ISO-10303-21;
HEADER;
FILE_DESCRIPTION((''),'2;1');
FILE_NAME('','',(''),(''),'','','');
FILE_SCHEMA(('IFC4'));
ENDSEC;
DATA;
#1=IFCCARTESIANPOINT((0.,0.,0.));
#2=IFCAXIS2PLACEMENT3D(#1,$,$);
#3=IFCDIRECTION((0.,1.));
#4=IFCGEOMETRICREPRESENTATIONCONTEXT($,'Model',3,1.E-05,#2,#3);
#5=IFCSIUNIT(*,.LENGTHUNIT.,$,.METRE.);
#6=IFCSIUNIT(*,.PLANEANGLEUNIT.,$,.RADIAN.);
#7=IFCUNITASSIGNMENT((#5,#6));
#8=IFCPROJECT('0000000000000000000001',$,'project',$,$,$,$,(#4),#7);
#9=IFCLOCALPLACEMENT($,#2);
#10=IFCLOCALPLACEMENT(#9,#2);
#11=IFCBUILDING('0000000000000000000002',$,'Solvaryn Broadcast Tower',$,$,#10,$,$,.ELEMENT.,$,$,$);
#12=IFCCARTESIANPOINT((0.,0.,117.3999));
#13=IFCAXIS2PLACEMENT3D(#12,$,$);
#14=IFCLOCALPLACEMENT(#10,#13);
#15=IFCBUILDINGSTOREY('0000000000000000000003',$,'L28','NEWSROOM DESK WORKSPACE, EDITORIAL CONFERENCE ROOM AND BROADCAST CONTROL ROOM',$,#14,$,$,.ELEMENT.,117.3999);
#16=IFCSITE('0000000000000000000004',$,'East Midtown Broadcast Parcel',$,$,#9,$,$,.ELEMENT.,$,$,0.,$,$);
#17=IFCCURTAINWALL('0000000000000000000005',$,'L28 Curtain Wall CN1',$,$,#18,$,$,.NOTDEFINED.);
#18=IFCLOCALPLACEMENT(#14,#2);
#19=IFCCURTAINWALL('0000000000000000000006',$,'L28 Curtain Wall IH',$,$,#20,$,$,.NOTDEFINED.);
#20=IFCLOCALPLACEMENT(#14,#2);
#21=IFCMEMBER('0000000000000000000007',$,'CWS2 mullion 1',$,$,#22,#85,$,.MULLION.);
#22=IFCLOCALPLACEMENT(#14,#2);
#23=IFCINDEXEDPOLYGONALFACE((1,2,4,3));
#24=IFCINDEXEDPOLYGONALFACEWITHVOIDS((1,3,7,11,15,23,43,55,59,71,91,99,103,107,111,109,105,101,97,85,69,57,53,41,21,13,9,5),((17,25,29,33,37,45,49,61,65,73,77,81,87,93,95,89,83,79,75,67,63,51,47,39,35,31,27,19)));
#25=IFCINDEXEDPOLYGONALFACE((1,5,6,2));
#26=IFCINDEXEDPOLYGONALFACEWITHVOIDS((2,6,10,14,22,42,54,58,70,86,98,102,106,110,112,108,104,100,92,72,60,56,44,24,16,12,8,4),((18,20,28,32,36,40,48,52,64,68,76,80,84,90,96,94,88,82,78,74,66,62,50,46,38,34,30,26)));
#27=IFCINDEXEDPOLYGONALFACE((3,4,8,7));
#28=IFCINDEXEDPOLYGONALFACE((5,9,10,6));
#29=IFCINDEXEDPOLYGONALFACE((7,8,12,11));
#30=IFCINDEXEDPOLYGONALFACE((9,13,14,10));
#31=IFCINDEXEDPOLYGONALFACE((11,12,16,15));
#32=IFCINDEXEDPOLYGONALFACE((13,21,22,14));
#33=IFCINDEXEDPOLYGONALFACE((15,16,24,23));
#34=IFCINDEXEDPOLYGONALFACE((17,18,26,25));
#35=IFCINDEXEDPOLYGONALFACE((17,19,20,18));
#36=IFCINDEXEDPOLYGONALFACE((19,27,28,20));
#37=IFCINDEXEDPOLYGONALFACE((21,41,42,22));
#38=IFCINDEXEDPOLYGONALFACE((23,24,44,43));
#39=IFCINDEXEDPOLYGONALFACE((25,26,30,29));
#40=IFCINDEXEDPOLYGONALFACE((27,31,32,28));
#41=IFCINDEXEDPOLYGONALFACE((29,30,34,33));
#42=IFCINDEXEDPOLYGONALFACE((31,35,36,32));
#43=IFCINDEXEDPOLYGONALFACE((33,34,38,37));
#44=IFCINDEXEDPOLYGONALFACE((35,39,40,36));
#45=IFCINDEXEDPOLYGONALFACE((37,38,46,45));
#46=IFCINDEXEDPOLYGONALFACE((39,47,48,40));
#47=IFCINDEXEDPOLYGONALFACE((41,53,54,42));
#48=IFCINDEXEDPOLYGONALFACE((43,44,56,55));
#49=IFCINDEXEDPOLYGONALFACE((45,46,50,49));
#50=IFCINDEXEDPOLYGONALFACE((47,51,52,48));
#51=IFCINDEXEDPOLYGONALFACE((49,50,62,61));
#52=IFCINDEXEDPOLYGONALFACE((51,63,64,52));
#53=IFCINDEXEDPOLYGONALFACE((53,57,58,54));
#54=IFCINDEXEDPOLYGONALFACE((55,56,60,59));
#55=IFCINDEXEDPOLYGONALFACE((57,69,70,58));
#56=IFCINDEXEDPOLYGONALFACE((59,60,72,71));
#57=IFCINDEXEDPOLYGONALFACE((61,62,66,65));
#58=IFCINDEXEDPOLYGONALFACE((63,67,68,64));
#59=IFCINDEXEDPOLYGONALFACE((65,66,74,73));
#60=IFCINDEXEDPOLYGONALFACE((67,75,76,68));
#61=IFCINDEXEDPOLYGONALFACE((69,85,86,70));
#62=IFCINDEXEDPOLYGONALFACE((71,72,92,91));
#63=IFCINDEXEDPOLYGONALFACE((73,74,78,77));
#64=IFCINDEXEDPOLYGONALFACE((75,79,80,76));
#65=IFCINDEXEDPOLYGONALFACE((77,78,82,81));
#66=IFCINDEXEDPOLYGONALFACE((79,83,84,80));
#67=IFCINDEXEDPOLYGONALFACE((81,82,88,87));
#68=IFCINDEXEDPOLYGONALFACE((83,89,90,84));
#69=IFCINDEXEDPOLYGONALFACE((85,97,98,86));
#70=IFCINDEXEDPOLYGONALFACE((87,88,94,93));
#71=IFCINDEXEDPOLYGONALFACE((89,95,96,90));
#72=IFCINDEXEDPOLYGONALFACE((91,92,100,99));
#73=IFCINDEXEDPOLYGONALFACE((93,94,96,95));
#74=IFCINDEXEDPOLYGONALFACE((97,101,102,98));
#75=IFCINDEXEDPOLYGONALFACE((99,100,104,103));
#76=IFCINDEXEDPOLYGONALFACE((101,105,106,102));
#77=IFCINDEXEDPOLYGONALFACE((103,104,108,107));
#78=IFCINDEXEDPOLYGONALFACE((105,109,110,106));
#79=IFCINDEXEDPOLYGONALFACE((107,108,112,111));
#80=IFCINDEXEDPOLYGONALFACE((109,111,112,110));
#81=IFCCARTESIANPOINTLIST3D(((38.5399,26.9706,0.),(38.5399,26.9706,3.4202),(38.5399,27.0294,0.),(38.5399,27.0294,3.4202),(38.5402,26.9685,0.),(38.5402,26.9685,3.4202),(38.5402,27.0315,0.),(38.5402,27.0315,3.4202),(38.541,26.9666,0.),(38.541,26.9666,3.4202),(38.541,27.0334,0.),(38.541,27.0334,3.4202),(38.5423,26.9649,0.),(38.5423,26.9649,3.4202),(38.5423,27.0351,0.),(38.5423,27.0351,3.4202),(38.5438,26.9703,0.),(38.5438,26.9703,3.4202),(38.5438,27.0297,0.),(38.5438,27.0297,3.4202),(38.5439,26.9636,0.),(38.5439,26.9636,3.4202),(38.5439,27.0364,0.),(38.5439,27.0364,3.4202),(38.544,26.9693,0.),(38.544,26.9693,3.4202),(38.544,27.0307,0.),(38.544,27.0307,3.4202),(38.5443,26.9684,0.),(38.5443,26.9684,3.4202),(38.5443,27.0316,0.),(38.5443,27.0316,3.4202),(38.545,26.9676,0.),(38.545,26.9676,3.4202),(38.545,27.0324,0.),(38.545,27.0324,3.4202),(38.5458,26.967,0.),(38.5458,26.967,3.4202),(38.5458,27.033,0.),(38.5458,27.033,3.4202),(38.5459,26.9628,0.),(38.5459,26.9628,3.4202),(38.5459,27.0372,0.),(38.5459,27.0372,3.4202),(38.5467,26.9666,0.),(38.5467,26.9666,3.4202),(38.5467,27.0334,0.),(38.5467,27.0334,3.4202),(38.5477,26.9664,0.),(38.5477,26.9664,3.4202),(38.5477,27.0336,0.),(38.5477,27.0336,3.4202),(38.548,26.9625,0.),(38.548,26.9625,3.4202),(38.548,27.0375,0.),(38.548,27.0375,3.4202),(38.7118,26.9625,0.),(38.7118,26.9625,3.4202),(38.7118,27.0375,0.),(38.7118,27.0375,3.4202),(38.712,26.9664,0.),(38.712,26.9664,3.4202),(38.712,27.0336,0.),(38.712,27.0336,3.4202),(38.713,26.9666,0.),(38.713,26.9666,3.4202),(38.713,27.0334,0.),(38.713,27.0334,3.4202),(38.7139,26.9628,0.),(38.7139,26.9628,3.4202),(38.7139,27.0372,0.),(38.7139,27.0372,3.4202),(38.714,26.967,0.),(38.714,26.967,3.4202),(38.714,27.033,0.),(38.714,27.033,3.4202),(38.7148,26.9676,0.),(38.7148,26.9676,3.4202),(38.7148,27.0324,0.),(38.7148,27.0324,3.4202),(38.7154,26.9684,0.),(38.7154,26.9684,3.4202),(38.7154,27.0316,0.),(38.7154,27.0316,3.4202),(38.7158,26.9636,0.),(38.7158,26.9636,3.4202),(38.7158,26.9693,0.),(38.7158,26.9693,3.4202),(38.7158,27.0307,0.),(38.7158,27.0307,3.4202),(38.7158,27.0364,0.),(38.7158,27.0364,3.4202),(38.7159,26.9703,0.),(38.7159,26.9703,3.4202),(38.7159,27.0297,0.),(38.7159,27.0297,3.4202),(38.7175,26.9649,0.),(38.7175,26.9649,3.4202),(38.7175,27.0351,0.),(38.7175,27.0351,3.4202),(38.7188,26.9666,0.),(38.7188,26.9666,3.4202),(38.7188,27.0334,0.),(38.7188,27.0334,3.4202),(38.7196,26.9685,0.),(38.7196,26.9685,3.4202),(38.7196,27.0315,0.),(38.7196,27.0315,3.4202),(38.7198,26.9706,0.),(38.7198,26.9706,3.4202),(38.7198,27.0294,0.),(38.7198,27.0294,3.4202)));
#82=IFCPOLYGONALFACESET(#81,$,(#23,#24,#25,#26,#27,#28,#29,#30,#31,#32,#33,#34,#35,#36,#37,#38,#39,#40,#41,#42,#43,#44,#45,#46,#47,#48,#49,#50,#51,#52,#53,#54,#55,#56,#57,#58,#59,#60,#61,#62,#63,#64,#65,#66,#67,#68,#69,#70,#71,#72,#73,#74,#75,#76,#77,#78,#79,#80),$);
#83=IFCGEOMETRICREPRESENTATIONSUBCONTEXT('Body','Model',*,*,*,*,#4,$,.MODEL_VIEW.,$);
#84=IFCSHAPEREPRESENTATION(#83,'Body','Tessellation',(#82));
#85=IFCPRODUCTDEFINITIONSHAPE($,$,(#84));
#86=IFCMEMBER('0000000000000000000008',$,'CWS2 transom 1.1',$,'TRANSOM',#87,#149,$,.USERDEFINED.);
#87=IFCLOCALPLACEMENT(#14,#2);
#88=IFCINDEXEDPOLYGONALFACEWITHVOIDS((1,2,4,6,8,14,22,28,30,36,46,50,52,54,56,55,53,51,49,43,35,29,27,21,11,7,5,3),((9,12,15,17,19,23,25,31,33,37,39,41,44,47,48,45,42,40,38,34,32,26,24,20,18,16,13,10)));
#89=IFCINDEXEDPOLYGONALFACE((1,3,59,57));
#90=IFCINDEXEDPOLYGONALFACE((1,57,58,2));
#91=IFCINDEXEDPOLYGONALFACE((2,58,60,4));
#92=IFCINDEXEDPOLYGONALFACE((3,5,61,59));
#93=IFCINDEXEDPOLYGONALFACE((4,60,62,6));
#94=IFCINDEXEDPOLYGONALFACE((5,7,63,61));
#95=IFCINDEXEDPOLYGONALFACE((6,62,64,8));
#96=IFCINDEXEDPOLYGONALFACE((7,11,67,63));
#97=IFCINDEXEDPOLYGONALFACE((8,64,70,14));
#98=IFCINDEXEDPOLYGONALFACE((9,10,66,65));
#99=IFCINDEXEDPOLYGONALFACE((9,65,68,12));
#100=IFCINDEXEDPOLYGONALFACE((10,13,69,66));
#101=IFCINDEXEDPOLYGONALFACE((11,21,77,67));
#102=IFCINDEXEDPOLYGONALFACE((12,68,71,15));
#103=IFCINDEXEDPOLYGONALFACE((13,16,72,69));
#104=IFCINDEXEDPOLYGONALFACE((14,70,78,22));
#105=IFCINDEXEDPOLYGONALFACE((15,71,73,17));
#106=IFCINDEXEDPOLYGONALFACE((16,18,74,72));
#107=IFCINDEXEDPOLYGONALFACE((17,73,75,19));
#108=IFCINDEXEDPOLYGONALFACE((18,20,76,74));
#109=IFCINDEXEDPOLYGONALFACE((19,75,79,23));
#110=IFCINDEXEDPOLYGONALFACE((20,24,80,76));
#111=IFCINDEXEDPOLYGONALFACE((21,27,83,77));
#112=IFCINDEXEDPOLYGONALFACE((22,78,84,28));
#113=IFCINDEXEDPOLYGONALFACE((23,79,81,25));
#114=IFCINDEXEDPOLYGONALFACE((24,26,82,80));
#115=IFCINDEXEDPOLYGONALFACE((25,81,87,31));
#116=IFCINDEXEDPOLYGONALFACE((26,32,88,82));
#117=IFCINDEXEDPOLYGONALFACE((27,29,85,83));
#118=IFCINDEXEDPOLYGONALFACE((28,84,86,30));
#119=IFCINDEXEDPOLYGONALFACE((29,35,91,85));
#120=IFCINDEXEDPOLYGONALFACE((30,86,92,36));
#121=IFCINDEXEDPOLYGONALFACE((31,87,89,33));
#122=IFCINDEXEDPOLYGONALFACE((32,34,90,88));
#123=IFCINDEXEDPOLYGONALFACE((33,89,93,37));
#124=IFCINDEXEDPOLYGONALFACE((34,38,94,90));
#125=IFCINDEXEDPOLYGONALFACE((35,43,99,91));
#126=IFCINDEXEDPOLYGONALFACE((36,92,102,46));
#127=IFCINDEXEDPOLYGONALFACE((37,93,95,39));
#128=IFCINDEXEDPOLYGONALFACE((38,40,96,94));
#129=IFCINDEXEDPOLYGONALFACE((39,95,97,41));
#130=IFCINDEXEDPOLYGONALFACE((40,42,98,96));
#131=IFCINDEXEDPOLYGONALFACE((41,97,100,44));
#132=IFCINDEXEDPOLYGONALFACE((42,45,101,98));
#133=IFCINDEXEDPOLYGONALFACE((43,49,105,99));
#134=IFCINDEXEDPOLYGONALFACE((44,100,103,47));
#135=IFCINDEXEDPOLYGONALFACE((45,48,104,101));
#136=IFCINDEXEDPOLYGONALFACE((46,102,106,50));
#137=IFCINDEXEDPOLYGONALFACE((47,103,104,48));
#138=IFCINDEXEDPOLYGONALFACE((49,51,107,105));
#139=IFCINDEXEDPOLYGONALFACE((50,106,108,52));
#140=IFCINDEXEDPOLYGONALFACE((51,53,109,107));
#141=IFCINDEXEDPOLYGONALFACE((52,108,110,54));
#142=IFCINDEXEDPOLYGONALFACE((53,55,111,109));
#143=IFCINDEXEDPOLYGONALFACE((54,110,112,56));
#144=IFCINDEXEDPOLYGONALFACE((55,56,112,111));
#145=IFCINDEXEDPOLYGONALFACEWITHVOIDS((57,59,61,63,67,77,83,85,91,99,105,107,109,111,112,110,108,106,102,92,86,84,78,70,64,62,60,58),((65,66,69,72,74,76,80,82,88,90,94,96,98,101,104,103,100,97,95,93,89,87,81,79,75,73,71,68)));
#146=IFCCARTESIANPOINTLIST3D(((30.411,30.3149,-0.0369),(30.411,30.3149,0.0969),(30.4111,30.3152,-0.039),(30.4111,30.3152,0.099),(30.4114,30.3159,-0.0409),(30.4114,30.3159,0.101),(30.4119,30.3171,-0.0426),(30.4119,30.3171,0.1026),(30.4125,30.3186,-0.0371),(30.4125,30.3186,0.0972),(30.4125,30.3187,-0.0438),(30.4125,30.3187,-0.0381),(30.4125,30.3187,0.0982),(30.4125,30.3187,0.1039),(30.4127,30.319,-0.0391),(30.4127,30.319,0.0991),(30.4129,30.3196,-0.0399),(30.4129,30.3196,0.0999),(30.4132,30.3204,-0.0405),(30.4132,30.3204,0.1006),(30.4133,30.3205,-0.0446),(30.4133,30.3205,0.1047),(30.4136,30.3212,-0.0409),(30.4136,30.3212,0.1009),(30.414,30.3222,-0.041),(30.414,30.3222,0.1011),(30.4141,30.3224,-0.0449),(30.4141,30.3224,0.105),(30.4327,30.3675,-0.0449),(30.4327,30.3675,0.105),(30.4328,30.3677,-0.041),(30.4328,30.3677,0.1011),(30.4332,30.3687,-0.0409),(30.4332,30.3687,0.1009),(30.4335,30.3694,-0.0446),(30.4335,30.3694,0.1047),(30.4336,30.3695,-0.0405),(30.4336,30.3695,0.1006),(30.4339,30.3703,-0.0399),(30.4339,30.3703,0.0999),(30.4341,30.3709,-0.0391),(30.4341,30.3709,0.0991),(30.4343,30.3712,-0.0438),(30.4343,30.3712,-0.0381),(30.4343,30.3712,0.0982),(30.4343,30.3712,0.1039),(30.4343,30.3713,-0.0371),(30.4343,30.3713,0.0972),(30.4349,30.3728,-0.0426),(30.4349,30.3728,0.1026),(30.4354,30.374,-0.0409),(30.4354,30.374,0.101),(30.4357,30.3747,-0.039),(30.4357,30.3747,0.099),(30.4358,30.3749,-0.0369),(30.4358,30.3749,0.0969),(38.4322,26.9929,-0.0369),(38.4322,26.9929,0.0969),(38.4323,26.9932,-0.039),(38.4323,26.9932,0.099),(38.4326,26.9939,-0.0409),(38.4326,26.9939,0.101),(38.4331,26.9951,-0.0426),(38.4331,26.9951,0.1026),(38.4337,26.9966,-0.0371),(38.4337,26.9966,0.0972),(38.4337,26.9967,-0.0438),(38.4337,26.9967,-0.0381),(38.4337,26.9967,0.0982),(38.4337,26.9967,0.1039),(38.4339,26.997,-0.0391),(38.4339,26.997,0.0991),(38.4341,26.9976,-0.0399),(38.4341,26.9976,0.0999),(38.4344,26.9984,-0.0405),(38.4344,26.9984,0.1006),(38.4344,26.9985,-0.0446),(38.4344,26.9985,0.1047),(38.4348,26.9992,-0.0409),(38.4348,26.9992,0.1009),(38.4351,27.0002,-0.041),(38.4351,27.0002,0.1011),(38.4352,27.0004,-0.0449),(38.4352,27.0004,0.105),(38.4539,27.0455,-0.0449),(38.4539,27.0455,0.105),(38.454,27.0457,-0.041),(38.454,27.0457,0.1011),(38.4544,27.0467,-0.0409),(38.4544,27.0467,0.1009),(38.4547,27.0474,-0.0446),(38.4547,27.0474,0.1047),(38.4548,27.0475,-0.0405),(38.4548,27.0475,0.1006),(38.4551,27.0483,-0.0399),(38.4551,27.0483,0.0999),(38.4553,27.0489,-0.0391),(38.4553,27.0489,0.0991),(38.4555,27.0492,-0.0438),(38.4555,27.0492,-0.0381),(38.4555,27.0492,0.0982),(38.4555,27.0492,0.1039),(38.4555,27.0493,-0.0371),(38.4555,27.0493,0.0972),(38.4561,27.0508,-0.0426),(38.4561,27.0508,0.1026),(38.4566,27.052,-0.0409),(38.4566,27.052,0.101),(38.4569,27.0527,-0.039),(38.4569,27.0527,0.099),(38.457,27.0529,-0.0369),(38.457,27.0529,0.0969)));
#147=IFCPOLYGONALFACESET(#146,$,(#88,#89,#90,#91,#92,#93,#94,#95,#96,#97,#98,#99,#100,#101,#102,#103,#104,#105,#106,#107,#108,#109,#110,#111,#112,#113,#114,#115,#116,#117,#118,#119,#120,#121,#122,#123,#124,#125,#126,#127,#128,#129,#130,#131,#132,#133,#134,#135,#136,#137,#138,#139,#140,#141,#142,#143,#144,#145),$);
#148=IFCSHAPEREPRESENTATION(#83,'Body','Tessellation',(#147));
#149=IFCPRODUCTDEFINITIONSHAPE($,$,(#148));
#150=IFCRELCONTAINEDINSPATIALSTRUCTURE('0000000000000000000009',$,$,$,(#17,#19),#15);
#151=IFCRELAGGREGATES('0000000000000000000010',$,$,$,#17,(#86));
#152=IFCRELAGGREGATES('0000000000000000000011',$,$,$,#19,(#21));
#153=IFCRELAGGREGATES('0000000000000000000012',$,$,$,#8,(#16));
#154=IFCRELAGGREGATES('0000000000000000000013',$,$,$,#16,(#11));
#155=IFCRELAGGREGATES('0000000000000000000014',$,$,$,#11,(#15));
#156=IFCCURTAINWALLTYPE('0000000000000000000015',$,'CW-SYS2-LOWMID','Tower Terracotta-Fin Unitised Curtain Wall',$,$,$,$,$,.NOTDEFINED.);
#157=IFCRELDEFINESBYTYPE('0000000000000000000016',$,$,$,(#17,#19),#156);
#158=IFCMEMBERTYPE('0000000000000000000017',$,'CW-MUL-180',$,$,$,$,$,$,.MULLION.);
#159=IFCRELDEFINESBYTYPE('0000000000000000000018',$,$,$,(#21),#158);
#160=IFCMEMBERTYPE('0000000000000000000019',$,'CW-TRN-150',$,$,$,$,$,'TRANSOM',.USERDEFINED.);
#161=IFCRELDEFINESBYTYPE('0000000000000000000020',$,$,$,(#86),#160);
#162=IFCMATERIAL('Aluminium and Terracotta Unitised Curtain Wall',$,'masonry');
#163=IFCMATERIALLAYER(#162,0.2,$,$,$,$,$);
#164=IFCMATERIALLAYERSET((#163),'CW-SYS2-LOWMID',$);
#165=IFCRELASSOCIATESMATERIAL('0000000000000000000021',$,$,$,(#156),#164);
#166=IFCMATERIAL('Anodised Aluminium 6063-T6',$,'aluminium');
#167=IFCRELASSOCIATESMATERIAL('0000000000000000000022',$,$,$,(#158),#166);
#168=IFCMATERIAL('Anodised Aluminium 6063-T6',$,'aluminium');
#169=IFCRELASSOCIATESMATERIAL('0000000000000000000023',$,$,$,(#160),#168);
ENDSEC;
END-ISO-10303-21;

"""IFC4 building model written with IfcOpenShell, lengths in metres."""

from ifc_helpers import new_model, si_unit, direction, frame, origin, origin_2d, place, context, subcontext, project, spatial, hollow_rectangle, extrude, material, layer, layer_set, material_profile, profile_set, type_object, element, aggregate, save


model = new_model("IFC4")

# Units and contexts
model_context = context("Model", 3, precision=1e-05, world=origin(), true_north=direction((0.0, 1.0)))
body_context = subcontext(model_context, "Body", "Model", "MODEL_VIEW")
ifc_project = project(units=[si_unit("LENGTHUNIT", "METRE"), si_unit("PLANEANGLEUNIT", "RADIAN")], contexts=[model_context])

# Site, building, storey
site_placement = place(None, origin())
site = spatial("IfcSite", under=ifc_project, at=site_placement, Name="East Midtown Broadcast Parcel", CompositionType="ELEMENT", RefElevation=0.0)
building_placement = place(site_placement, origin())
building = spatial("IfcBuilding", under=site, at=building_placement, Name="Solvaryn Broadcast Tower", CompositionType="ELEMENT")
storey_placement = place(building_placement, frame((0.0, 0.0, 117.3999)))
storey = spatial("IfcBuildingStorey", under=building, at=storey_placement, Name="L28", Description="NEWSROOM DESK WORKSPACE, EDITORIAL CONFERENCE ROOM AND BROADCAST CONTROL ROOM", CompositionType="ELEMENT", Elevation=117.3999)

# Curtain walls, member
ifc_material_1 = material(Name="Aluminium and Terracotta Unitised Curtain Wall", Category="masonry")
ifc_layer_1 = layer(ifc_material_1, 0.2)
ifc_layer_set_1 = layer_set([ifc_layer_1], Name="CW-SYS2-LOWMID")
curtain_wall_type = type_object("IfcCurtainWallType", Name="CW-SYS2-LOWMID", Description="Tower Terracotta-Fin Unitised Curtain Wall", PredefinedType="NOTDEFINED", material=ifc_layer_set_1)
curtain_wall_1_placement = place(storey_placement, origin())
curtain_wall_1 = element("IfcCurtainWall", 1, at=curtain_wall_1_placement, inside=storey, type_object=curtain_wall_type, Name="L28 Curtain Wall CN1", PredefinedType="NOTDEFINED")
ifc_material_2 = material(Name="Anodised Aluminium 6063-T6", Category="aluminium")
ifc_material_profile_1 = material_profile(ifc_material_2, hollow_rectangle(XDim=0.075, YDim=0.1799, WallThickness=0.0039, InnerFilletRadius=0.0039, OuterFilletRadius=0.0081, at=origin_2d()))
ifc_profile_set_1 = profile_set([ifc_material_profile_1], Name="Anodised Aluminium 6063-T6")
member_type_1 = type_object("IfcMemberType", Name="CW-MUL-180", PredefinedType="MULLION", material=ifc_profile_set_1)
curtain_wall_2_placement = place(storey_placement, origin())
curtain_wall_2 = element("IfcCurtainWall", 2, at=curtain_wall_2_placement, inside=storey, type_object=curtain_wall_type, Name="L28 Curtain Wall IH", PredefinedType="NOTDEFINED")
member_1_placement = place(storey_placement, frame((38.6299, 27.0, 0.0), z_axis=(0.0, 0.0, 1.0), x_axis=(0.0, 1.0, 0.0)))
member_1 = element("IfcMember", 3, at=member_1_placement, type_object=member_type_1, Name="CWS2 mullion 1", PredefinedType="MULLION", context=body_context, shape_type="SweptSolid", body=[
    extrude(hollow_rectangle(XDim=0.075, YDim=0.1799, WallThickness=0.0039, InnerFilletRadius=0.0039, OuterFilletRadius=0.0081, at=origin_2d()), origin(), (0.0, 0.0, 1.0), 3.4202),
])

# Member
ifc_material_3 = material(Name="Anodised Aluminium 6063-T6", Category="aluminium")
ifc_material_profile_2 = material_profile(ifc_material_3, hollow_rectangle(XDim=0.0649, YDim=0.1499, WallThickness=0.0039, InnerFilletRadius=0.0039, OuterFilletRadius=0.0081, at=origin_2d()))
ifc_profile_set_2 = profile_set([ifc_material_profile_2], Name="Anodised Aluminium 6063-T6")
member_type_2 = type_object("IfcMemberType", Name="CW-TRN-150", ElementType="TRANSOM", PredefinedType="USERDEFINED", material=ifc_profile_set_2)
member_2_placement = place(storey_placement, frame((38.4446, 27.0229, 0.03), z_axis=(-0.923899, 0.382636, 0.0), x_axis=(-0.382636, -0.923899, 0.0)))
member_2 = element("IfcMember", 4, at=member_2_placement, type_object=member_type_2, Name="CWS2 transom 1.1", ObjectType="TRANSOM", PredefinedType="USERDEFINED", context=body_context, shape_type="SweptSolid", body=[
    extrude(hollow_rectangle(XDim=0.0649, YDim=0.1499, WallThickness=0.0039, InnerFilletRadius=0.0039, OuterFilletRadius=0.0081, at=origin_2d()), origin(), (0.0, 0.0, 1.0), 8.6819),
])
aggregate(curtain_wall_1, [member_2])
aggregate(curtain_wall_2, [member_1])

save(model, "model.ifc")
